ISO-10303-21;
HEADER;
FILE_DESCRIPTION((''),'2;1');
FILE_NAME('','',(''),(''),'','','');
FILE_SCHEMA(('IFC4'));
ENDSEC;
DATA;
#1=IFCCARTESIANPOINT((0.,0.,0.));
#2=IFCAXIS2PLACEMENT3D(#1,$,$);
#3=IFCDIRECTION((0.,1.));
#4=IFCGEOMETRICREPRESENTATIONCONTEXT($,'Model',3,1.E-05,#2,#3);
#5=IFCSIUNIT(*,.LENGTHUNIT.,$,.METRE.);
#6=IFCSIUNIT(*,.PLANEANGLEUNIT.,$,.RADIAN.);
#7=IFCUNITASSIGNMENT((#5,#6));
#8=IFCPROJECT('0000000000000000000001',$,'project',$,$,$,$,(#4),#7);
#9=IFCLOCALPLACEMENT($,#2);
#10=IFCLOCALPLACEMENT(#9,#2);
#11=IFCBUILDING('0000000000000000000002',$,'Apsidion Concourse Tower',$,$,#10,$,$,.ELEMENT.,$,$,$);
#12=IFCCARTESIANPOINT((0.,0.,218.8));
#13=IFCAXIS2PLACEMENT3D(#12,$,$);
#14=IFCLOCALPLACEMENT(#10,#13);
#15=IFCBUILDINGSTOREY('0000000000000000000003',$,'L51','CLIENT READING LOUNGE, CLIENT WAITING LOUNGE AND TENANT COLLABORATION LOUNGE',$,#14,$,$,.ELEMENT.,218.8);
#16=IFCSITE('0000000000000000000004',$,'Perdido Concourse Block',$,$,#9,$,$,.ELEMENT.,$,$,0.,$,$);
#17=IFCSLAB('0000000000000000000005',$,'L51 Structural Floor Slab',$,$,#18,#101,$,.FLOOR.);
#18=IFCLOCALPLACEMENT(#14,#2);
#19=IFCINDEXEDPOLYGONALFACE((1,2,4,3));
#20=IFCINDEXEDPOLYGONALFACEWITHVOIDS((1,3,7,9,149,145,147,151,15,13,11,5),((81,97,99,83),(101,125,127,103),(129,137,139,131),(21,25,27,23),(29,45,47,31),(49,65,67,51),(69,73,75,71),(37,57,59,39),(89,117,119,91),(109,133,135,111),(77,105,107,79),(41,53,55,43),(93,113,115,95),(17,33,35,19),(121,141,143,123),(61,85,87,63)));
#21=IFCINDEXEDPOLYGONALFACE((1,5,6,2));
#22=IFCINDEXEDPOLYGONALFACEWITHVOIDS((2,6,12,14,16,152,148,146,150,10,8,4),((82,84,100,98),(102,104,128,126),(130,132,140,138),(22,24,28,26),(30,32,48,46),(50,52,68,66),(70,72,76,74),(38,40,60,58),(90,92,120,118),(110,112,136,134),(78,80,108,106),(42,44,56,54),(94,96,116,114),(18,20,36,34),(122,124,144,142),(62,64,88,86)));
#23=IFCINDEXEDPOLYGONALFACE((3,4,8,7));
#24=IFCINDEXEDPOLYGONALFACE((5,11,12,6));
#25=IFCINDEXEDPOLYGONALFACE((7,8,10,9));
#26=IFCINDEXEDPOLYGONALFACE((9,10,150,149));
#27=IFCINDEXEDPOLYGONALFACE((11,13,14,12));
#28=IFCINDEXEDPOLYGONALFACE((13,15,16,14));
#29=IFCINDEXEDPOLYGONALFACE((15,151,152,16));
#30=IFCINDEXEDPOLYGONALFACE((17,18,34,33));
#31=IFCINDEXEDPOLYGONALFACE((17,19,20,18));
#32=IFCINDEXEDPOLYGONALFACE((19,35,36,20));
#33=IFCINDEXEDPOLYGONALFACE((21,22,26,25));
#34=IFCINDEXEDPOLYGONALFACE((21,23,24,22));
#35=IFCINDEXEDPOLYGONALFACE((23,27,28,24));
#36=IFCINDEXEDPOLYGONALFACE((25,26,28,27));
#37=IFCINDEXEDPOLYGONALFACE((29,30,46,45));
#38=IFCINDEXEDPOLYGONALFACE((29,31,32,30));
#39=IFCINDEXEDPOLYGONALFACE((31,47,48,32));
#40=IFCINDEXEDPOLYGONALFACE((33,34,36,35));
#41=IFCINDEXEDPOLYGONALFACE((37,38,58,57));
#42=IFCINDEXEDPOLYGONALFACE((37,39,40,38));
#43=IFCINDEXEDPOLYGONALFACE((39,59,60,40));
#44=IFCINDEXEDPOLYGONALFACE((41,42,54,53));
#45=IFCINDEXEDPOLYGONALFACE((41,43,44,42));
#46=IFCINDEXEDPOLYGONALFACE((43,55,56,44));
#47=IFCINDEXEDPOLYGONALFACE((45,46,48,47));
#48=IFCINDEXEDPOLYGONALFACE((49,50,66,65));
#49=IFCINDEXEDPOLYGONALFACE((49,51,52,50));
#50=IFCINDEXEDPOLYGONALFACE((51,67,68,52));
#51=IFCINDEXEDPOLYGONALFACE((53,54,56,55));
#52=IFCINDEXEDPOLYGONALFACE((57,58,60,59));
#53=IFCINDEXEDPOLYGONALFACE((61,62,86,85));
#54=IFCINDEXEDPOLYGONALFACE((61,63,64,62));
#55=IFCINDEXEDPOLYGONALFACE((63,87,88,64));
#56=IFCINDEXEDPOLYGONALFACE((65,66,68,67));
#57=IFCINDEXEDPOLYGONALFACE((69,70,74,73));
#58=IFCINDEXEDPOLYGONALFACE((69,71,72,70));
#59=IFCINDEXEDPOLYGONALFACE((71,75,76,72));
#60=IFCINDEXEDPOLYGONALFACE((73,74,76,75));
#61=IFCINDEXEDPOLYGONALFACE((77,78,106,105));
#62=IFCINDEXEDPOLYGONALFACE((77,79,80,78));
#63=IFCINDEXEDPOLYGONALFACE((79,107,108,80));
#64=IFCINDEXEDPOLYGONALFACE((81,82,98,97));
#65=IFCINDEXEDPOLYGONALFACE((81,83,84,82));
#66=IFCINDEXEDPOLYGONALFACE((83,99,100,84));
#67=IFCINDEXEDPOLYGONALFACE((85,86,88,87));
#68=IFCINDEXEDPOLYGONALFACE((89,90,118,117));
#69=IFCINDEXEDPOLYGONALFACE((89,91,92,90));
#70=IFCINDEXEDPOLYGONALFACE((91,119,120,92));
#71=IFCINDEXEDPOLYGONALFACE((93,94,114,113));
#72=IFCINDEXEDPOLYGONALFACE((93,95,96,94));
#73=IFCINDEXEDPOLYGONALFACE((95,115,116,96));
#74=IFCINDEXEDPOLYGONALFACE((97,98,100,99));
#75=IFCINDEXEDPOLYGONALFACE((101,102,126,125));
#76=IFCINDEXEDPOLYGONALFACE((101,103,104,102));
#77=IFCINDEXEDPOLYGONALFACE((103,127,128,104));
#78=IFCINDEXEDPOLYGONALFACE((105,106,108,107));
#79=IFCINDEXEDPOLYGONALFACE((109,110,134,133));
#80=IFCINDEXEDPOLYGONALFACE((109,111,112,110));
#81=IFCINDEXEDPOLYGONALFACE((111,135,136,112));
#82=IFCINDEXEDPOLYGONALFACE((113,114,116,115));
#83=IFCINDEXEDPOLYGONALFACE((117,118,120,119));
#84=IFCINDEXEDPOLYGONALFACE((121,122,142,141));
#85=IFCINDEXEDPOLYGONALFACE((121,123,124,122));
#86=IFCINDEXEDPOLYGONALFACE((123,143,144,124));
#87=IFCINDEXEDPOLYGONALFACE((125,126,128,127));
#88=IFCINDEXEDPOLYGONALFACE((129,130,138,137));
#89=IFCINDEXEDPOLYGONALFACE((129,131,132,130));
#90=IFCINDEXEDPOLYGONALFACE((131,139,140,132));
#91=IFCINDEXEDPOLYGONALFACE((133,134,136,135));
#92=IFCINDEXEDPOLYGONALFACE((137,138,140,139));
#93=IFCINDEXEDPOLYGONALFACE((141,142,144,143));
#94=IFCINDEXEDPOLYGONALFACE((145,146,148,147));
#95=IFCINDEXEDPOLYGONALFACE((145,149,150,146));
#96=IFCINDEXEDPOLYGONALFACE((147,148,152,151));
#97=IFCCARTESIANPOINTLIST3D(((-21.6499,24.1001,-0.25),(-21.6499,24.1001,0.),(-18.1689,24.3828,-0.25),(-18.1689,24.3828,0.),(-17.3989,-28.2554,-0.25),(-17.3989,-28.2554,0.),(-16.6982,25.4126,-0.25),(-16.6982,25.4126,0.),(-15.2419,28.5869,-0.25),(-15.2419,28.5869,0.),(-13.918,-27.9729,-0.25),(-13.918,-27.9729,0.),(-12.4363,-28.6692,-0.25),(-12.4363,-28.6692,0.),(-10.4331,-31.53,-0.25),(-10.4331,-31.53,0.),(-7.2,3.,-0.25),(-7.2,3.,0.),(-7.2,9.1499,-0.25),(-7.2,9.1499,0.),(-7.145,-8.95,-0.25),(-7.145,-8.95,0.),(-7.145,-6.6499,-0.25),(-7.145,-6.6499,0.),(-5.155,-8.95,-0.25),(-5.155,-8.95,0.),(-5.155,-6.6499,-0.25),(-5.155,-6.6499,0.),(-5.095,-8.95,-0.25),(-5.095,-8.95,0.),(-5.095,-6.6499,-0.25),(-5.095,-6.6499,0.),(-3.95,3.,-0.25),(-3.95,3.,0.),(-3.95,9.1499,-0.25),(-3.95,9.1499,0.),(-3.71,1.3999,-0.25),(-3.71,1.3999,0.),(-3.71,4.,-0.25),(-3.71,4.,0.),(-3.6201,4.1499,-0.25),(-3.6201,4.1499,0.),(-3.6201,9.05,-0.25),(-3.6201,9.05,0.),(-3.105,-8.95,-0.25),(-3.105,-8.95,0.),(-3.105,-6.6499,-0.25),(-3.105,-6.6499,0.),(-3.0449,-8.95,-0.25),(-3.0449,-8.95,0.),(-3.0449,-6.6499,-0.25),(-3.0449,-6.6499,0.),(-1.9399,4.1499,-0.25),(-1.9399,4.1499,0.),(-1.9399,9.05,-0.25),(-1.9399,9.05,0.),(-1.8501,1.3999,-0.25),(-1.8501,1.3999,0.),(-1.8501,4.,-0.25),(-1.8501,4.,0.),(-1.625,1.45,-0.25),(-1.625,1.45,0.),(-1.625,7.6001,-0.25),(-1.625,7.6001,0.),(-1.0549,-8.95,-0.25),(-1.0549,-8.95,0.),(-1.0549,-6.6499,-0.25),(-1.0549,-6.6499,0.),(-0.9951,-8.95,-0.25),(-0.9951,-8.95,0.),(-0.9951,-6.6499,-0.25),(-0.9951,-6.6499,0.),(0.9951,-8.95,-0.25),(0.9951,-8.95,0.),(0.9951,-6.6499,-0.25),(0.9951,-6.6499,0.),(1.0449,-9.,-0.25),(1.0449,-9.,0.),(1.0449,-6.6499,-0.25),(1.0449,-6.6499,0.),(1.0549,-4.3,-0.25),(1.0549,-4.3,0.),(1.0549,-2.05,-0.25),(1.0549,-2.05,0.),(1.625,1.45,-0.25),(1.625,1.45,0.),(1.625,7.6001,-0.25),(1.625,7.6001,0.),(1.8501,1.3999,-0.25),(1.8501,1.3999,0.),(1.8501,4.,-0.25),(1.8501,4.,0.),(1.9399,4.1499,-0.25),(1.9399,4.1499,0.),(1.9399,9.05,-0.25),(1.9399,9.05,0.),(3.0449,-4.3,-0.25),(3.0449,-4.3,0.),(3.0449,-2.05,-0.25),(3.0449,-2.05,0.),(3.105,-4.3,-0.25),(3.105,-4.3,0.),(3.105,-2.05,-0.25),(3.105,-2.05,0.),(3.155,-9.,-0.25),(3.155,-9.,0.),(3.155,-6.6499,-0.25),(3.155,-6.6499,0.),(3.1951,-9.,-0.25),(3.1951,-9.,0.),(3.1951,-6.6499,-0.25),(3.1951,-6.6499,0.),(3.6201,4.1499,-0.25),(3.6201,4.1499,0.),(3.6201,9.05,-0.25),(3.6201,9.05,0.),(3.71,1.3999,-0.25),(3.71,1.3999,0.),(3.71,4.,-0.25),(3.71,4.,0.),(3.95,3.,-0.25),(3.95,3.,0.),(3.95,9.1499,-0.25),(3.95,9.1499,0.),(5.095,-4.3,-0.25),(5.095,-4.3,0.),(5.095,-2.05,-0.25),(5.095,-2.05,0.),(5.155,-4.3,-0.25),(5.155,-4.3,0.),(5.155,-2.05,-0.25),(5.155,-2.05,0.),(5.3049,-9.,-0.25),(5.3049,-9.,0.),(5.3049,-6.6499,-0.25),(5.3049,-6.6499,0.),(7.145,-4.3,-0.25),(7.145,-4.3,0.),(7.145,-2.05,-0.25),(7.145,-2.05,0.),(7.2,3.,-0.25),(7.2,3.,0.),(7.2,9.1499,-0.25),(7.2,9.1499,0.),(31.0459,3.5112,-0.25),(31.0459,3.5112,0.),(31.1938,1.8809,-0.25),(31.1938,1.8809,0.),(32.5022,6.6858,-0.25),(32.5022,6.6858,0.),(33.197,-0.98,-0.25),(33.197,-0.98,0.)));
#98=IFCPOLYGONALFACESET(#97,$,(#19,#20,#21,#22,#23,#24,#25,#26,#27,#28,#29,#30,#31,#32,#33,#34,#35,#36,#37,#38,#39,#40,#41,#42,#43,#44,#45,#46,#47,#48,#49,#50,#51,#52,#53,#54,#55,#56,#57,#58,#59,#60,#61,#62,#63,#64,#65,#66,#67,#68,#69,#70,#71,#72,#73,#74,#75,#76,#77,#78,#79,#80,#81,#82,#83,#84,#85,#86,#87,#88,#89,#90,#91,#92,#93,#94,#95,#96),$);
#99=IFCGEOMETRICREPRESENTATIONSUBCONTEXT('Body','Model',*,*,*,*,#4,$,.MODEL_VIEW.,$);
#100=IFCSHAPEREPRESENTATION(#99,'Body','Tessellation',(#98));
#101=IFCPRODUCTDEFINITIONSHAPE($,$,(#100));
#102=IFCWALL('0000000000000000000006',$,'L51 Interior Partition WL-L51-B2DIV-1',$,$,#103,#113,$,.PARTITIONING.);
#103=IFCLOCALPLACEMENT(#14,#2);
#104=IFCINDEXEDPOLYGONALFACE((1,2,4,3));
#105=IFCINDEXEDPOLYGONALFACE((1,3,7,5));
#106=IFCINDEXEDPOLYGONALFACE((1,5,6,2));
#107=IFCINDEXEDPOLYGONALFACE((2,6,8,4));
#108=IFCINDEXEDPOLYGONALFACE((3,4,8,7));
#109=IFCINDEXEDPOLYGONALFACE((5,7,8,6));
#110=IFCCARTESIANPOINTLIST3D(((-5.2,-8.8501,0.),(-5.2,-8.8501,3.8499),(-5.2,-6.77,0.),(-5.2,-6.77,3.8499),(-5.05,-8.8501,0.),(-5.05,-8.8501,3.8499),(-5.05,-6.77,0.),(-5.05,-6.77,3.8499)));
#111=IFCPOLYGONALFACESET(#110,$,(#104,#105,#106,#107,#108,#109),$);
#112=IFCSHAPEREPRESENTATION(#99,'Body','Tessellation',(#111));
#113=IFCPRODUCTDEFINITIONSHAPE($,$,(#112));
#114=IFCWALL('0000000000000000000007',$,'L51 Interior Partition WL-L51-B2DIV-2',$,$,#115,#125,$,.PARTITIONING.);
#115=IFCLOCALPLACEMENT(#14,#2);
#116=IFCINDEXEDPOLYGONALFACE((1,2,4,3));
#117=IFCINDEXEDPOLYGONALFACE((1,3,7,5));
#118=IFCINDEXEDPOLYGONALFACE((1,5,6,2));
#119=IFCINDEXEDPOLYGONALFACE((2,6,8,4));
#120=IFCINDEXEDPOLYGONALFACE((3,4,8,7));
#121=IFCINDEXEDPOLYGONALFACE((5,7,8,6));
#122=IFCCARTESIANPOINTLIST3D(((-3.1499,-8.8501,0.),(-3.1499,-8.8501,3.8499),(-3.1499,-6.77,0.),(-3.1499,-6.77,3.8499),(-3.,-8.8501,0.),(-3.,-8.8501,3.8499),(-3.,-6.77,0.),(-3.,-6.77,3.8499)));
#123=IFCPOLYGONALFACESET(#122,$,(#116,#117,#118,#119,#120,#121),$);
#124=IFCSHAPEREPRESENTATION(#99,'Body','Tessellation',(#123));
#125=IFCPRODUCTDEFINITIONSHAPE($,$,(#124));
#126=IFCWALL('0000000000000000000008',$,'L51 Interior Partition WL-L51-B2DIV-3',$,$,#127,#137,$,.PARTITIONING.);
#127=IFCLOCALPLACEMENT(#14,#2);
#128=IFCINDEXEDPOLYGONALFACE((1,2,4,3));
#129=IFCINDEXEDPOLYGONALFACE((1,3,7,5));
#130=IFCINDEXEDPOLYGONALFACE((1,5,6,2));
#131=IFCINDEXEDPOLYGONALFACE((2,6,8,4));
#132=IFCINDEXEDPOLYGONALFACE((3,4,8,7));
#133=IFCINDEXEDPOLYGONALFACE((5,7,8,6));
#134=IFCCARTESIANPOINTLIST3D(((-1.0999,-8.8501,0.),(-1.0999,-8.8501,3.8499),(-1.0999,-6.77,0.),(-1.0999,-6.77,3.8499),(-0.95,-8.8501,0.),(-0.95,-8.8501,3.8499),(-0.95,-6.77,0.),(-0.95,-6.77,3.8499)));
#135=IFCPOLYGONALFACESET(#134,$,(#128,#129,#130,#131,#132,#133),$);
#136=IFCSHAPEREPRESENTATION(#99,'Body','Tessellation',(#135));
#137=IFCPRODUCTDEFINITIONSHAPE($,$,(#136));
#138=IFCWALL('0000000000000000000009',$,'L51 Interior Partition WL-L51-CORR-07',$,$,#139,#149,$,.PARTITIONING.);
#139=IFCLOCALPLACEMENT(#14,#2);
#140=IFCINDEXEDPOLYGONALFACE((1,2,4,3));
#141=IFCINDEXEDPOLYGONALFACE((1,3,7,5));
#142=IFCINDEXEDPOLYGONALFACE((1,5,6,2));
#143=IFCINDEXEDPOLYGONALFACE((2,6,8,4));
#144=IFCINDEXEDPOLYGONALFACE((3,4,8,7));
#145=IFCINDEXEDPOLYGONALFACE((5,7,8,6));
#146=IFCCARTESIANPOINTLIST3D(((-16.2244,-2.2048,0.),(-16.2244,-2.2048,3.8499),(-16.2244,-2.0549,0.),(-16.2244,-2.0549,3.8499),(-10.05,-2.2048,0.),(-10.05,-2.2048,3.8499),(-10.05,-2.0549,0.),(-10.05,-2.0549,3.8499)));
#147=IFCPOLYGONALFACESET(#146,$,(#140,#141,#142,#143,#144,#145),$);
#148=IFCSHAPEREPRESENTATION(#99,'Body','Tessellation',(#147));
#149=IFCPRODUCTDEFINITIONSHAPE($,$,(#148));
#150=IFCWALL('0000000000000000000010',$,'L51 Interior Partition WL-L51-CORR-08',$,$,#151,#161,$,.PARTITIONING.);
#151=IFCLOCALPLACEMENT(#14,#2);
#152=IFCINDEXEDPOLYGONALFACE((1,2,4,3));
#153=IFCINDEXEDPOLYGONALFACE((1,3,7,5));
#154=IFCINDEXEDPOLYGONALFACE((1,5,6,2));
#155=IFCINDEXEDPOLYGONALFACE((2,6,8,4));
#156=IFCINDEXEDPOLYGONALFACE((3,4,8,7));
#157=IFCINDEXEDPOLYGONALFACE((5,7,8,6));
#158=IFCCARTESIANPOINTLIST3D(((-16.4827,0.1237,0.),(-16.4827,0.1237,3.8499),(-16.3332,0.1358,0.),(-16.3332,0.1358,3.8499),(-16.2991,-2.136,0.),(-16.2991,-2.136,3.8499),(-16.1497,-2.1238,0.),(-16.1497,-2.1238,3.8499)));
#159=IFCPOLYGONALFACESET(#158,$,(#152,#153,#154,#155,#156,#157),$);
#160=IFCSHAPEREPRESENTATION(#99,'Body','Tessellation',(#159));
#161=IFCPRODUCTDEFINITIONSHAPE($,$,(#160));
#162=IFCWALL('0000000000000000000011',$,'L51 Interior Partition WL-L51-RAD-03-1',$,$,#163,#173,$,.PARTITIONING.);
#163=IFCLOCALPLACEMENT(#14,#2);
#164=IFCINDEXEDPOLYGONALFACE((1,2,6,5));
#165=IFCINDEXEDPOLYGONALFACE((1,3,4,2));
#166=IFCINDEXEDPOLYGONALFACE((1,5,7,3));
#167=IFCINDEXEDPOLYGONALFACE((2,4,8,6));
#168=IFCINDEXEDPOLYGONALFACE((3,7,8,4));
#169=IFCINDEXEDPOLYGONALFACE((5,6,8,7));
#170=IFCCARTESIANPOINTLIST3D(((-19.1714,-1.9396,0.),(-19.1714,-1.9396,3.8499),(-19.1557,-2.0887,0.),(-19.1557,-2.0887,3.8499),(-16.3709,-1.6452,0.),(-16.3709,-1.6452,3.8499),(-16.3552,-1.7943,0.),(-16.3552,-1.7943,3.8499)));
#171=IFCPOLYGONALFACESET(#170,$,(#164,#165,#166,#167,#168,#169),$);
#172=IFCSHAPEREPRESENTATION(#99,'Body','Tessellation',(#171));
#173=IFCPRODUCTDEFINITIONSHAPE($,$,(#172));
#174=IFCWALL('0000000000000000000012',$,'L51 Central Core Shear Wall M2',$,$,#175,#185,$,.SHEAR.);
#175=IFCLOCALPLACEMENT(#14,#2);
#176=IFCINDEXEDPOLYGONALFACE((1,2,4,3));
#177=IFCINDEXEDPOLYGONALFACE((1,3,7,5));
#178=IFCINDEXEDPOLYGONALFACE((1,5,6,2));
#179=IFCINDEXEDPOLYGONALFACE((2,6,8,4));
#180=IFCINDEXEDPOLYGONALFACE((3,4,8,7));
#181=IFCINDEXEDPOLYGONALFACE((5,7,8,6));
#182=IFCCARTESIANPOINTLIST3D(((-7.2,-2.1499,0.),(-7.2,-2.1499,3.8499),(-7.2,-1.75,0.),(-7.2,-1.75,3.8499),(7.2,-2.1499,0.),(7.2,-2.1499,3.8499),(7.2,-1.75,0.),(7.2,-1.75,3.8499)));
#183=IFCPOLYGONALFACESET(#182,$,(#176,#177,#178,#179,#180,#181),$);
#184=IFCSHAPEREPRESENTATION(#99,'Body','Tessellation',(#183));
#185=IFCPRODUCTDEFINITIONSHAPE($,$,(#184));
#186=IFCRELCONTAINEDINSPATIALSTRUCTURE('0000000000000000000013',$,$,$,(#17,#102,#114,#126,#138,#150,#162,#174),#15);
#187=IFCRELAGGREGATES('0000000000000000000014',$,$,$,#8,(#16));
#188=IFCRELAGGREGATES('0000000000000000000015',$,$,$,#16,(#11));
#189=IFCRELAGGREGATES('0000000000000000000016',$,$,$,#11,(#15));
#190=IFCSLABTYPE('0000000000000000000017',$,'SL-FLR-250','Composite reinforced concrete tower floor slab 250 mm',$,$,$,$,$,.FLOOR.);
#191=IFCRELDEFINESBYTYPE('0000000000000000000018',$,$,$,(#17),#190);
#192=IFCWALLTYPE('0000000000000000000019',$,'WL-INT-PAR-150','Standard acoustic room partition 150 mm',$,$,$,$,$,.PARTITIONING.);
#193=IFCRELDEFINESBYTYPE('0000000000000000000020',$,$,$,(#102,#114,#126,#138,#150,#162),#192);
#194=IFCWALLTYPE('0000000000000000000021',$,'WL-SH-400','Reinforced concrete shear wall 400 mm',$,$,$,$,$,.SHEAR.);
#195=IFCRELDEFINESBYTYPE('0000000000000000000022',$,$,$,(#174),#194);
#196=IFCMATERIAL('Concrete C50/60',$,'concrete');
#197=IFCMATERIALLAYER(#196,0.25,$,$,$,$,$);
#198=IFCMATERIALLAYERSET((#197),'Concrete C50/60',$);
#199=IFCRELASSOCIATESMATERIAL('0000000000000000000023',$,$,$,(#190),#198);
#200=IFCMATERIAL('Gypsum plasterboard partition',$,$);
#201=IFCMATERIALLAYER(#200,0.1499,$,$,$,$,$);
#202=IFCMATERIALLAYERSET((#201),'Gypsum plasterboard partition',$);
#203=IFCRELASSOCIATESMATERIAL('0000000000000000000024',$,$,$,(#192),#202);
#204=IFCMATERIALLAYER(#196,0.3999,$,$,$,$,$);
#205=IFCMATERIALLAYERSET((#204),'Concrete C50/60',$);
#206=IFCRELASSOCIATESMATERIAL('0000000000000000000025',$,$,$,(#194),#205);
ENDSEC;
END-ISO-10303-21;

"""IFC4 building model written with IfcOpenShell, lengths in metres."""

from ifc_helpers import new_model, si_unit, direction, frame, frame_2d, origin, place, context, subcontext, project, spatial, polyline, rectangle, outline, extrude, material, layer, layer_set, type_object, element, save


model = new_model("IFC4")

# Units and contexts
model_context = context("Model", 3, precision=1e-05, world=origin(), true_north=direction((0.0, 1.0)))
body_context = subcontext(model_context, "Body", "Model", "MODEL_VIEW")
ifc_project = project(units=[si_unit("LENGTHUNIT", "METRE"), si_unit("PLANEANGLEUNIT", "RADIAN")], contexts=[model_context])

# Site, building, storey
site_placement = place(None, origin())
site = spatial("IfcSite", under=ifc_project, at=site_placement, Name="Perdido Concourse Block", CompositionType="ELEMENT", RefElevation=0.0)
building_placement = place(site_placement, origin())
building = spatial("IfcBuilding", under=site, at=building_placement, Name="Apsidion Concourse Tower", CompositionType="ELEMENT")
storey_placement = place(building_placement, frame((0.0, 0.0, 218.8)))
storey = spatial("IfcBuildingStorey", under=building, at=storey_placement, Name="L51", Description="CLIENT READING LOUNGE, CLIENT WAITING LOUNGE AND TENANT COLLABORATION LOUNGE", CompositionType="ELEMENT", Elevation=218.8)

# Shared definitions
ifc_material_1 = material(Name="Concrete C50/60", Category="concrete")

# Slab
ifc_layer_1 = layer(ifc_material_1, 0.25)
ifc_layer_set_1 = layer_set([ifc_layer_1], Name="Concrete C50/60")
slab_type = type_object("IfcSlabType", Name="SL-FLR-250", Description="Composite reinforced concrete tower floor slab 250 mm", PredefinedType="FLOOR", material=ifc_layer_set_1)
slab_placement = place(storey_placement, frame((0.0, 0.0, -0.25)))
element("IfcSlab", 1, at=slab_placement, inside=storey, type_object=slab_type, Name="L51 Structural Floor Slab", PredefinedType="FLOOR", context=body_context, shape_type="SweptSolid", body=[
    extrude(outline(polyline([(-15.2419, 28.5869), (-16.6982, 25.4126), (-18.1689, 24.3828), (-21.6499, 24.1001), (-17.3989, -28.2554), (-13.918, -27.9729), (-12.4363, -28.6692), (-10.4331, -31.53), (33.197, -0.98), (31.1938, 1.8809), (31.0459, 3.5112), (32.5022, 6.6858), (-15.2419, 28.5869)]), holes=[polyline([(-3.95, 3.0), (-3.95, 9.1499), (-7.2, 9.1499), (-7.2, 3.0), (-3.95, 3.0)]), polyline([(7.2, 3.0), (7.2, 9.1499), (3.95, 9.1499), (3.95, 3.0), (7.2, 3.0)]), polyline([(-1.625, 7.6001), (-1.625, 1.45), (1.625, 1.45), (1.625, 7.6001), (-1.625, 7.6001)]), polyline([(1.0549, -4.3), (3.0449, -4.3), (3.0449, -2.05), (1.0549, -2.05), (1.0549, -4.3)]), polyline([(3.105, -4.3), (5.095, -4.3), (5.095, -2.05), (3.105, -2.05), (3.105, -4.3)]), polyline([(5.155, -4.3), (7.145, -4.3), (7.145, -2.05), (5.155, -2.05), (5.155, -4.3)]), polyline([(-7.145, -8.95), (-5.155, -8.95), (-5.155, -6.6499), (-7.145, -6.6499), (-7.145, -8.95)]), polyline([(-5.095, -8.95), (-3.105, -8.95), (-3.105, -6.6499), (-5.095, -6.6499), (-5.095, -8.95)]), polyline([(-3.0449, -8.95), (-1.0549, -8.95), (-1.0549, -6.6499), (-3.0449, -6.6499), (-3.0449, -8.95)]), polyline([(-0.9951, -8.95), (0.9951, -8.95), (0.9951, -6.6499), (-0.9951, -6.6499), (-0.9951, -8.95)]), polyline([(1.0449, -9.0), (3.155, -9.0), (3.155, -6.6499), (1.0449, -6.6499), (1.0449, -9.0)]), polyline([(3.1951, -9.0), (5.3049, -9.0), (5.3049, -6.6499), (3.1951, -6.6499), (3.1951, -9.0)]), polyline([(-3.71, 1.3999), (-1.8501, 1.3999), (-1.8501, 4.0), (-3.71, 4.0), (-3.71, 1.3999)]), polyline([(1.8501, 1.3999), (3.71, 1.3999), (3.71, 4.0), (1.8501, 4.0), (1.8501, 1.3999)]), polyline([(-3.6201, 4.1499), (-1.9399, 4.1499), (-1.9399, 9.05), (-3.6201, 9.05), (-3.6201, 4.1499)]), polyline([(1.9399, 4.1499), (3.6201, 4.1499), (3.6201, 9.05), (1.9399, 9.05), (1.9399, 4.1499)])]), origin(), (0.0, 0.0, 1.0), 0.25),
])

# Walls
ifc_material_2 = material(Name="Gypsum plasterboard partition")
ifc_layer_2 = layer(ifc_material_2, 0.1499)
ifc_layer_set_2 = layer_set([ifc_layer_2], Name="Gypsum plasterboard partition")
wall_type_1 = type_object("IfcWallType", Name="WL-INT-PAR-150", Description="Standard acoustic room partition 150 mm", PredefinedType="PARTITIONING", material=ifc_layer_set_2)
for number, where, z_axis, x_axis, name in (
    (2, (-5.125, -8.8501, 0.0), (0.0, 0.0, 1.0), (0.0, 1.0, 0.0), "L51 Interior Partition WL-L51-B2DIV-1"),
    (3, (-3.075, -8.8501, 0.0), (0.0, 0.0, 1.0), (0.0, 1.0, 0.0), "L51 Interior Partition WL-L51-B2DIV-2"),
    (4, (-1.0249, -8.8501, 0.0), (0.0, 0.0, 1.0), (0.0, 1.0, 0.0), "L51 Interior Partition WL-L51-B2DIV-3"),
):
    element("IfcWall", number, at=place(storey_placement, frame(where, z_axis=z_axis, x_axis=x_axis)), inside=storey, type_object=wall_type_1, Name=name, PredefinedType="PARTITIONING", context=body_context, shape_type="SweptSolid", body=[
        extrude(rectangle(XDim=2.0801, YDim=0.1499, at=frame_2d((1.04, 0.0))), origin(), (0.0, 0.0, 1.0), 3.8499),
    ])
wall_1_placement = place(storey_placement, frame((-10.05, -2.1299, 0.0), z_axis=(0.0, 0.0, 1.0), x_axis=(-1.0, 0.0, 0.0)))
element("IfcWall", 5, at=wall_1_placement, inside=storey, type_object=wall_type_1, Name="L51 Interior Partition WL-L51-CORR-07", PredefinedType="PARTITIONING", context=body_context, shape_type="SweptSolid", body=[
    extrude(rectangle(XDim=6.1743, YDim=0.1499, at=frame_2d((3.0872, 0.0))), origin(), (0.0, 0.0, 1.0), 3.8499),
])
wall_2_placement = place(storey_placement, frame((-16.2244, -2.1299, 0.0), z_axis=(0.0, 0.0, 1.0), x_axis=(-0.080978, 0.996716, 0.0)))
element("IfcWall", 6, at=wall_2_placement, inside=storey, type_object=wall_type_1, Name="L51 Interior Partition WL-L51-CORR-08", PredefinedType="PARTITIONING", context=body_context, shape_type="SweptSolid", body=[
    extrude(rectangle(XDim=2.2671, YDim=0.1499, at=frame_2d((1.1335, 0.0))), origin(), (0.0, 0.0, 1.0), 3.8499),
])
wall_3_placement = place(storey_placement, frame((-16.363, -1.7197, 0.0), z_axis=(0.0, 0.0, 1.0), x_axis=(-0.994519, -0.104558, 0.0)))
element("IfcWall", 7, at=wall_3_placement, inside=storey, type_object=wall_type_1, Name="L51 Interior Partition WL-L51-RAD-03-1", PredefinedType="PARTITIONING", context=body_context, shape_type="SweptSolid", body=[
    extrude(rectangle(XDim=2.8159, YDim=0.1499, at=frame_2d((1.408, 0.0))), origin(), (0.0, 0.0, 1.0), 3.8499),
])

# Wall
ifc_layer_3 = layer(ifc_material_1, 0.3999)
ifc_layer_set_3 = layer_set([ifc_layer_3], Name="Concrete C50/60")
wall_type_2 = type_object("IfcWallType", Name="WL-SH-400", Description="Reinforced concrete shear wall 400 mm", PredefinedType="SHEAR", material=ifc_layer_set_3)
wall_4_placement = place(storey_placement, frame((-7.2, -1.95, 0.0), z_axis=(0.0, 0.0, 1.0), x_axis=(1.0, 0.0, 0.0)))
element("IfcWall", 8, at=wall_4_placement, inside=storey, type_object=wall_type_2, Name="L51 Central Core Shear Wall M2", PredefinedType="SHEAR", context=body_context, shape_type="SweptSolid", body=[
    extrude(rectangle(XDim=14.3999, YDim=0.3999, at=frame_2d((7.2, 0.0))), origin(), (0.0, 0.0, 1.0), 3.8499),
])

save(model, "model.ifc")
